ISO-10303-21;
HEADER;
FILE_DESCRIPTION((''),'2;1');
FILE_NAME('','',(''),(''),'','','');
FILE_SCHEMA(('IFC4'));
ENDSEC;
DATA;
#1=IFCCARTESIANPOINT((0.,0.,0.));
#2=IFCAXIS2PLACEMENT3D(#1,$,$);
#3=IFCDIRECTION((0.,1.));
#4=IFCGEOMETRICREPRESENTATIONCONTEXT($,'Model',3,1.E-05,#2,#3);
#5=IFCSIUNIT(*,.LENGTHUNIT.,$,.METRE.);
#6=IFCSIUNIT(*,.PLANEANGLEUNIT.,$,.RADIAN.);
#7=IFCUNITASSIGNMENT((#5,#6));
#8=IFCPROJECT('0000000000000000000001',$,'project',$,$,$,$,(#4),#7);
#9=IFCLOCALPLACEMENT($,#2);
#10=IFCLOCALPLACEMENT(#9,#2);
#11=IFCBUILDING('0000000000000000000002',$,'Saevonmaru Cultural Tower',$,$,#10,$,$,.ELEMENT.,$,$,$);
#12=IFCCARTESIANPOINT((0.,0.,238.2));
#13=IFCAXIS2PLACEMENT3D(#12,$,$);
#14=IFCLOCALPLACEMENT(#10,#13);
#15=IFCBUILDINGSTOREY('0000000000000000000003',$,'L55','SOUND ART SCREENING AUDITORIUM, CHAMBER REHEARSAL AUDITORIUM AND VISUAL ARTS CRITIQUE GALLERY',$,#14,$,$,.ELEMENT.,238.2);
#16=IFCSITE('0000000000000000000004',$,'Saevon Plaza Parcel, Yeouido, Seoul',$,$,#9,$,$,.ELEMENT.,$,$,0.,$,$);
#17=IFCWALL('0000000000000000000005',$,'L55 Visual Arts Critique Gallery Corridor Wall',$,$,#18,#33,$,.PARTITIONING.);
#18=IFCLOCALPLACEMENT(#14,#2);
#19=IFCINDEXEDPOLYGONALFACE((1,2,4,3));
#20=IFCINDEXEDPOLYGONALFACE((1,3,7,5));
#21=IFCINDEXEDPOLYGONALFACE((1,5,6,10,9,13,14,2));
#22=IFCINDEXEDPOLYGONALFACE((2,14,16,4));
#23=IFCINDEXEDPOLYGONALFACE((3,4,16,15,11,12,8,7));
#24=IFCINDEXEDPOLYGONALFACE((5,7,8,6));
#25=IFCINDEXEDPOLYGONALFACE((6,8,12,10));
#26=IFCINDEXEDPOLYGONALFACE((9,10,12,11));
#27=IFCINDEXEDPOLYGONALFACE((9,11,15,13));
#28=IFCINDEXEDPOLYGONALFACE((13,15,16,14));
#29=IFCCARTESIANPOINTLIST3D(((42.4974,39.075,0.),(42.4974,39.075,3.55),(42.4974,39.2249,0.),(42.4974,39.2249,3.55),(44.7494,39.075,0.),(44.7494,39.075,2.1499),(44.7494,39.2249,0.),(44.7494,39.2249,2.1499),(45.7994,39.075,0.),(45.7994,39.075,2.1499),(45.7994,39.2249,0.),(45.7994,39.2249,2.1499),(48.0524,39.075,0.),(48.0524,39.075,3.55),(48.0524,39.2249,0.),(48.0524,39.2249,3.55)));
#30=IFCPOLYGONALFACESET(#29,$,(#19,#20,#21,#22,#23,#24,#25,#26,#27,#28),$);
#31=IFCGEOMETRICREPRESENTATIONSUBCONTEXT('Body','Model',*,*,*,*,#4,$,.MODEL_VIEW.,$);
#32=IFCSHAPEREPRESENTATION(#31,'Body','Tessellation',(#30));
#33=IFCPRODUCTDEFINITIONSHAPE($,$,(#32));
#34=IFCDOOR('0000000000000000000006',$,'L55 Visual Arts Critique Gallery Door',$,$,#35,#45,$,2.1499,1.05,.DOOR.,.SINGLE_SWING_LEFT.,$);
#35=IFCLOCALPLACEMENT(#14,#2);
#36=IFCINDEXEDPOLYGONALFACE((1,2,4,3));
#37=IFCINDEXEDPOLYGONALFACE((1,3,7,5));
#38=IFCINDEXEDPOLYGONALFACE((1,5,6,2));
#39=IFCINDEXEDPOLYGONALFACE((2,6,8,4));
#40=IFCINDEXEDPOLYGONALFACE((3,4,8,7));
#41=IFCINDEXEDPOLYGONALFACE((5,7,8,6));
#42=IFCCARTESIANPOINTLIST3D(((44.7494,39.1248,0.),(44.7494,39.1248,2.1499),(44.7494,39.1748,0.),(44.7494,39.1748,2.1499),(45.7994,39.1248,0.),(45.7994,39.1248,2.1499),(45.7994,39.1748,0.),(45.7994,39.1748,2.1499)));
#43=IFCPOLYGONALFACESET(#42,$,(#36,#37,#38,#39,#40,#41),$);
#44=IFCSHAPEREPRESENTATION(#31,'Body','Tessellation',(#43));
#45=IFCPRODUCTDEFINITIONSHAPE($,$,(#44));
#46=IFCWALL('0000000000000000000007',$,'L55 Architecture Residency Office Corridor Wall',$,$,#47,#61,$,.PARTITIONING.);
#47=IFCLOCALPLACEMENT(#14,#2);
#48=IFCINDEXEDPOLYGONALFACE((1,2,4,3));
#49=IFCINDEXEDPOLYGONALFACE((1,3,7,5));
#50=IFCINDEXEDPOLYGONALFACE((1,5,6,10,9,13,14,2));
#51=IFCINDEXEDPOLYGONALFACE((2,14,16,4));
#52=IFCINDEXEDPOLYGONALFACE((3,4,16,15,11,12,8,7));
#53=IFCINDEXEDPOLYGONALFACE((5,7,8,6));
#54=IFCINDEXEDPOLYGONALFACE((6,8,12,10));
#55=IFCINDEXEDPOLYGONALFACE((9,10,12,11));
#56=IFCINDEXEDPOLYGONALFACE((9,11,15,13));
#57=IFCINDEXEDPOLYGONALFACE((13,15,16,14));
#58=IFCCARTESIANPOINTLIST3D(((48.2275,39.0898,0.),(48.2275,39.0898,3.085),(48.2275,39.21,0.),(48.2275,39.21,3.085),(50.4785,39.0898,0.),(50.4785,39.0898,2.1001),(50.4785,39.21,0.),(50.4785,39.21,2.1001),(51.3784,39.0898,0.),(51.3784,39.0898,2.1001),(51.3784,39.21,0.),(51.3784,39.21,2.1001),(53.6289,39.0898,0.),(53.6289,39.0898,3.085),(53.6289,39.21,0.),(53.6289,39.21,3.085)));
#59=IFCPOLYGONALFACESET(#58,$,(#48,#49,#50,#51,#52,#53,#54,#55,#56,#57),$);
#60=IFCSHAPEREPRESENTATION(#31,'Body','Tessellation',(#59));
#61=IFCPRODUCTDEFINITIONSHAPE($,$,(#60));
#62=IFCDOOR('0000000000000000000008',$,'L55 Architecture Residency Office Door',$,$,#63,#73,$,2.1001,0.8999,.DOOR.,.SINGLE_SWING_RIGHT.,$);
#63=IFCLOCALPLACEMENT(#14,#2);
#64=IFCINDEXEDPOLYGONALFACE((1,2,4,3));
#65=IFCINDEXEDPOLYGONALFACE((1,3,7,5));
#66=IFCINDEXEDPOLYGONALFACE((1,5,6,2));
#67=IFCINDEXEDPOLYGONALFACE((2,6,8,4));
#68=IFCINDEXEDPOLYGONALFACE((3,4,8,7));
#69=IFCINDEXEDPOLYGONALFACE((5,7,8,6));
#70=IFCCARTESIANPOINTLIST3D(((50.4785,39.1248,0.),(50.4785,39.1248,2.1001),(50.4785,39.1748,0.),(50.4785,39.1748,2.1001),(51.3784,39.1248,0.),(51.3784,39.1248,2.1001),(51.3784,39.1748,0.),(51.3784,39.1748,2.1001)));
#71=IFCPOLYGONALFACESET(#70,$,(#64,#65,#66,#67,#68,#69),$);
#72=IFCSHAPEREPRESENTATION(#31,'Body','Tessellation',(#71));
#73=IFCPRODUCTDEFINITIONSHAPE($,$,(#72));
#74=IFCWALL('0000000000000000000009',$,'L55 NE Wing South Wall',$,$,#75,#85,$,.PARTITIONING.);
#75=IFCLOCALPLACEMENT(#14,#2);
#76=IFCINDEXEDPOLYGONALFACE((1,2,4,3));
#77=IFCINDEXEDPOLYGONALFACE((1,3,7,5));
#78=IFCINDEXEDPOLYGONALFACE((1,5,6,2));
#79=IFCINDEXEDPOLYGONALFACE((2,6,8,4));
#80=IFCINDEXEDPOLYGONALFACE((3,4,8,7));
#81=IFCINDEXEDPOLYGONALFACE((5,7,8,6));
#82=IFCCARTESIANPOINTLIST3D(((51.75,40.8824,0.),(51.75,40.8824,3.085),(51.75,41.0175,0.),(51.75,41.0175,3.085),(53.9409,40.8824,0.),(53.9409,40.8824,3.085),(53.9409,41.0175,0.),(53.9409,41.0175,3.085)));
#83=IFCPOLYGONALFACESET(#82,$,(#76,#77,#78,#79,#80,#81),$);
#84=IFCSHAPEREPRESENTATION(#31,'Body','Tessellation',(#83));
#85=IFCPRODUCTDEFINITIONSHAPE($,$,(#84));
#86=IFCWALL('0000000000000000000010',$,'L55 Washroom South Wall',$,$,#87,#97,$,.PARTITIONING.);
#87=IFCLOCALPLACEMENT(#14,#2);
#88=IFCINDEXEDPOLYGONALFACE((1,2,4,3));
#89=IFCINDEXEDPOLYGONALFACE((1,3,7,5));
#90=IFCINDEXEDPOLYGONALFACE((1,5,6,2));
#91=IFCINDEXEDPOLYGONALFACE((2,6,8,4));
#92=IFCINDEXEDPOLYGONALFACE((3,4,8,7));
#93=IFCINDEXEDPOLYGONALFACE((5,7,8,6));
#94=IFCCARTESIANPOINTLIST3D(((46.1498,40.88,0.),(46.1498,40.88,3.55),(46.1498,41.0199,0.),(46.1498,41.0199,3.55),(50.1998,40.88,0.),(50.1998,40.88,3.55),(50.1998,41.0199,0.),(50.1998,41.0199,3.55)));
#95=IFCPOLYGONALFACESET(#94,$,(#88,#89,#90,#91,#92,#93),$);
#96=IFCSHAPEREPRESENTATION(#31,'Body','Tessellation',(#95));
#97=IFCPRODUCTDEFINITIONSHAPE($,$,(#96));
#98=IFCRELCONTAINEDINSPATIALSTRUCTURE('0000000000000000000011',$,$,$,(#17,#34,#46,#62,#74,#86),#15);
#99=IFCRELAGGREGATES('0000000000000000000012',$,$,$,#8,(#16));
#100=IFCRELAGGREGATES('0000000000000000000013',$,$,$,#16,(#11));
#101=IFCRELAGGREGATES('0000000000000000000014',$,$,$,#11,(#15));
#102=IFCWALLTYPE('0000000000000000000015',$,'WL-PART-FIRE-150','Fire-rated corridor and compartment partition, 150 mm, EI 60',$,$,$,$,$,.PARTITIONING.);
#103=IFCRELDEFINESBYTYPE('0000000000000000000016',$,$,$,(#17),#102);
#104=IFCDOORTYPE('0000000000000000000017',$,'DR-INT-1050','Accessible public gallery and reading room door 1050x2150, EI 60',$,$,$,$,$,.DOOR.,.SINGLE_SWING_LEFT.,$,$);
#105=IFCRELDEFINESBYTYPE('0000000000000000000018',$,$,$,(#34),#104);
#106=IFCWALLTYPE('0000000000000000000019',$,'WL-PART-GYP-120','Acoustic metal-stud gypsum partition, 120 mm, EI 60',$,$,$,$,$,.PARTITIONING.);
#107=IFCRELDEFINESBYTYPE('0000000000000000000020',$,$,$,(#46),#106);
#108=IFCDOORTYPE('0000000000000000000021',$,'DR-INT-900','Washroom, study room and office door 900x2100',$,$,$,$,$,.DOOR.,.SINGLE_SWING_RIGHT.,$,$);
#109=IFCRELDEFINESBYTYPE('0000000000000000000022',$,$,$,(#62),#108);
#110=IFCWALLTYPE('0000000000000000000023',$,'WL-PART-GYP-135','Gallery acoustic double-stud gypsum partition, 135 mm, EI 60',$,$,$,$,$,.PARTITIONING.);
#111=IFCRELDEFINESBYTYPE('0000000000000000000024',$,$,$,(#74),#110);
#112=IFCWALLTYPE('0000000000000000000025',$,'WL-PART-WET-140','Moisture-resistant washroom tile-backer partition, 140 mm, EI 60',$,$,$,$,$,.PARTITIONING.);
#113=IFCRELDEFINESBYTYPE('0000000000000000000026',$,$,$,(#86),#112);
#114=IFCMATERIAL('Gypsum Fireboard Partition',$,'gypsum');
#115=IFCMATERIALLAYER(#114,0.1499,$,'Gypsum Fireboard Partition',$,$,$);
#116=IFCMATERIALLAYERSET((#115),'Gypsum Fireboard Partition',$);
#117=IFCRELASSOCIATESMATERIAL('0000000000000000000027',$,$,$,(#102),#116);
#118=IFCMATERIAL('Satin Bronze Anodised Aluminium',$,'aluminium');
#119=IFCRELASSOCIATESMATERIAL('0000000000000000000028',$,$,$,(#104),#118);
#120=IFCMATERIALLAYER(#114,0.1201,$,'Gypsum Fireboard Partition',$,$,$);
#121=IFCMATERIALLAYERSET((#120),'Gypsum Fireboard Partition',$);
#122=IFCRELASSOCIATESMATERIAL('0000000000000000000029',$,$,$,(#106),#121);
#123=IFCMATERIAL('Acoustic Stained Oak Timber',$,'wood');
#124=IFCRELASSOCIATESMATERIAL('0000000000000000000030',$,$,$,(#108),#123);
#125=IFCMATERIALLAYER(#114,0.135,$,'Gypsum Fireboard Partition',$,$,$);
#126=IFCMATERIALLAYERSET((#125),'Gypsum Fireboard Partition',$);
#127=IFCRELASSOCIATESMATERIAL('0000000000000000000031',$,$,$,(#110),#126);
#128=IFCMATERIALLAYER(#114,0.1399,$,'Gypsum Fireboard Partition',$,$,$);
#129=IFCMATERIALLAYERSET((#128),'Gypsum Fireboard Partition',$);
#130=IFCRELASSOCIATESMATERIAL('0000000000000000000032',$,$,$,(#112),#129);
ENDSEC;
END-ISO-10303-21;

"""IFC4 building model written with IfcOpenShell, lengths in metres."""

from ifc_helpers import new_model, si_unit, direction, frame, frame_2d, origin, place, context, subcontext, project, spatial, rectangle, extrude, material, layer, layer_set, type_object, element, fill, save


model = new_model("IFC4")

# Units and contexts
model_context = context("Model", 3, precision=1e-05, world=origin(), true_north=direction((0.0, 1.0)))
body_context = subcontext(model_context, "Body", "Model", "MODEL_VIEW")
ifc_project = project(units=[si_unit("LENGTHUNIT", "METRE"), si_unit("PLANEANGLEUNIT", "RADIAN")], contexts=[model_context])

# Site, building, storey
site_placement = place(None, origin())
site = spatial("IfcSite", under=ifc_project, at=site_placement, Name="Saevon Plaza Parcel, Yeouido, Seoul", CompositionType="ELEMENT", RefElevation=0.0)
building_placement = place(site_placement, origin())
building = spatial("IfcBuilding", under=site, at=building_placement, Name="Saevonmaru Cultural Tower", CompositionType="ELEMENT")
storey_placement = place(building_placement, frame((0.0, 0.0, 238.2)))
storey = spatial("IfcBuildingStorey", under=building, at=storey_placement, Name="L55", Description="SOUND ART SCREENING AUDITORIUM, CHAMBER REHEARSAL AUDITORIUM AND VISUAL ARTS CRITIQUE GALLERY", CompositionType="ELEMENT", Elevation=238.2)

# Shared definitions
ifc_material_1 = material(Name="Satin Bronze Anodised Aluminium", Category="aluminium")

# Shared definitions
ifc_material_2 = material(Name="Gypsum Fireboard Partition", Category="gypsum")
ifc_layer_1 = layer(ifc_material_2, 0.1499, Name="Gypsum Fireboard Partition")
ifc_layer_set_1 = layer_set([ifc_layer_1], Name="Gypsum Fireboard Partition")
wall_type_1 = type_object("IfcWallType", Name="WL-PART-FIRE-150", Description="Fire-rated corridor and compartment partition, 150 mm, EI 60", PredefinedType="PARTITIONING", material=ifc_layer_set_1)
door_type_1 = type_object("IfcDoorType", Name="DR-INT-1050", Description="Accessible public gallery and reading room door 1050x2150, EI 60", OperationType="SINGLE_SWING_LEFT", PredefinedType="DOOR", material=ifc_material_1)

# Walls, openings, doors
ifc_material_3 = material(Name="Acoustic Stained Oak Timber", Category="wood")
wall_1_placement = place(storey_placement, frame((42.4976, 39.1499, 0.0), z_axis=(0.0, 0.0, 1.0), x_axis=(1.0, 0.0, 0.0)))
wall_1 = element("IfcWall", 1, at=wall_1_placement, inside=storey, type_object=wall_type_1, Name="L55 Visual Arts Critique Gallery Corridor Wall", PredefinedType="PARTITIONING", context=body_context, shape_type="SweptSolid", body=[
    extrude(rectangle(XDim=5.5549, YDim=0.1499, at=frame_2d((2.7773, 0.0))), origin(), (0.0, 0.0, 1.0), 3.55),
])
opening_1_placement = place(wall_1_placement, frame((2.252, 0.0, 0.0)))
opening_1 = element("IfcOpeningElement", 2, at=opening_1_placement, cuts=wall_1, PredefinedType="OPENING", context=body_context, shape_type="SweptSolid", body=[
    extrude(rectangle(XDim=1.05, YDim=2.1499, at=frame_2d((0.5249, 1.075))), frame((0.0, 0.085, 0.0), z_axis=(0.0, -1.0, 0.0), x_axis=(1.0, 0.0, 0.0)), (0.0, 0.0, 1.0), 0.1699),
])
door_1_placement = place(opening_1_placement, origin())
door_1 = element("IfcDoor", 3, at=door_1_placement, inside=storey, type_object=door_type_1, Name="L55 Visual Arts Critique Gallery Door", OperationType="SINGLE_SWING_LEFT", OverallHeight=2.1499, OverallWidth=1.05, PredefinedType="DOOR", context=body_context, shape_type="SweptSolid", body=[
    extrude(rectangle(XDim=1.05, YDim=2.1499, at=frame_2d((0.5249, 1.075))), frame((0.0, 0.0249, 0.0), z_axis=(0.0, -1.0, 0.0), x_axis=(1.0, 0.0, 0.0)), (0.0, 0.0, 1.0), 0.05),
])
fill(opening_1, door_1)
ifc_layer_2 = layer(ifc_material_2, 0.1201, Name="Gypsum Fireboard Partition")
ifc_layer_set_2 = layer_set([ifc_layer_2], Name="Gypsum Fireboard Partition")
wall_type_2 = type_object("IfcWallType", Name="WL-PART-GYP-120", Description="Acoustic metal-stud gypsum partition, 120 mm, EI 60", PredefinedType="PARTITIONING", material=ifc_layer_set_2)
wall_2_placement = place(storey_placement, frame((48.2275, 39.1499, 0.0), z_axis=(0.0, 0.0, 1.0), x_axis=(1.0, 0.0, 0.0)))
wall_2 = element("IfcWall", 4, at=wall_2_placement, inside=storey, type_object=wall_type_2, Name="L55 Architecture Residency Office Corridor Wall", PredefinedType="PARTITIONING", context=body_context, shape_type="SweptSolid", body=[
    extrude(rectangle(XDim=5.4014, YDim=0.1201, at=frame_2d((2.7007, 0.0))), origin(), (0.0, 0.0, 1.0), 3.085),
])
opening_2_placement = place(wall_2_placement, frame((2.251, 0.0, 0.0)))
opening_2 = element("IfcOpeningElement", 5, at=opening_2_placement, cuts=wall_2, PredefinedType="OPENING", context=body_context, shape_type="SweptSolid", body=[
    extrude(rectangle(XDim=0.8999, YDim=2.1001, at=frame_2d((0.45, 1.05))), frame((0.0, 0.0701, 0.0), z_axis=(0.0, -1.0, 0.0), x_axis=(1.0, 0.0, 0.0)), (0.0, 0.0, 1.0), 0.1401),
])
door_type_2 = type_object("IfcDoorType", Name="DR-INT-900", Description="Washroom, study room and office door 900x2100", OperationType="SINGLE_SWING_RIGHT", PredefinedType="DOOR", material=ifc_material_3)
door_2_placement = place(opening_2_placement, origin())
door_2 = element("IfcDoor", 6, at=door_2_placement, inside=storey, type_object=door_type_2, Name="L55 Architecture Residency Office Door", OperationType="SINGLE_SWING_RIGHT", OverallHeight=2.1001, OverallWidth=0.8999, PredefinedType="DOOR", context=body_context, shape_type="SweptSolid", body=[
    extrude(rectangle(XDim=0.8999, YDim=2.1001, at=frame_2d((0.45, 1.05))), frame((0.0, 0.0249, 0.0), z_axis=(0.0, -1.0, 0.0), x_axis=(1.0, 0.0, 0.0)), (0.0, 0.0, 1.0), 0.05),
])
fill(opening_2, door_2)

# Walls
ifc_layer_3 = layer(ifc_material_2, 0.135, Name="Gypsum Fireboard Partition")
ifc_layer_set_3 = layer_set([ifc_layer_3], Name="Gypsum Fireboard Partition")
wall_type_3 = type_object("IfcWallType", Name="WL-PART-GYP-135", Description="Gallery acoustic double-stud gypsum partition, 135 mm, EI 60", PredefinedType="PARTITIONING", material=ifc_layer_set_3)
wall_3_placement = place(storey_placement, frame((51.75, 40.95, 0.0), z_axis=(0.0, 0.0, 1.0), x_axis=(1.0, 0.0, 0.0)))
element("IfcWall", 7, at=wall_3_placement, inside=storey, type_object=wall_type_3, Name="L55 NE Wing South Wall", PredefinedType="PARTITIONING", context=body_context, shape_type="SweptSolid", body=[
    extrude(rectangle(XDim=2.1909, YDim=0.135, at=frame_2d((1.0955, 0.0))), origin(), (0.0, 0.0, 1.0), 3.085),
])
ifc_layer_4 = layer(ifc_material_2, 0.1399, Name="Gypsum Fireboard Partition")
ifc_layer_set_4 = layer_set([ifc_layer_4], Name="Gypsum Fireboard Partition")
wall_type_4 = type_object("IfcWallType", Name="WL-PART-WET-140", Description="Moisture-resistant washroom tile-backer partition, 140 mm, EI 60", PredefinedType="PARTITIONING", material=ifc_layer_set_4)
wall_4_placement = place(storey_placement, frame((46.1499, 40.95, 0.0), z_axis=(0.0, 0.0, 1.0), x_axis=(1.0, 0.0, 0.0)))
element("IfcWall", 8, at=wall_4_placement, inside=storey, type_object=wall_type_4, Name="L55 Washroom South Wall", PredefinedType="PARTITIONING", context=body_context, shape_type="SweptSolid", body=[
    extrude(rectangle(XDim=4.05, YDim=0.1399, at=frame_2d((2.0249, 0.0))), origin(), (0.0, 0.0, 1.0), 3.55),
])

save(model, "model.ifc")
